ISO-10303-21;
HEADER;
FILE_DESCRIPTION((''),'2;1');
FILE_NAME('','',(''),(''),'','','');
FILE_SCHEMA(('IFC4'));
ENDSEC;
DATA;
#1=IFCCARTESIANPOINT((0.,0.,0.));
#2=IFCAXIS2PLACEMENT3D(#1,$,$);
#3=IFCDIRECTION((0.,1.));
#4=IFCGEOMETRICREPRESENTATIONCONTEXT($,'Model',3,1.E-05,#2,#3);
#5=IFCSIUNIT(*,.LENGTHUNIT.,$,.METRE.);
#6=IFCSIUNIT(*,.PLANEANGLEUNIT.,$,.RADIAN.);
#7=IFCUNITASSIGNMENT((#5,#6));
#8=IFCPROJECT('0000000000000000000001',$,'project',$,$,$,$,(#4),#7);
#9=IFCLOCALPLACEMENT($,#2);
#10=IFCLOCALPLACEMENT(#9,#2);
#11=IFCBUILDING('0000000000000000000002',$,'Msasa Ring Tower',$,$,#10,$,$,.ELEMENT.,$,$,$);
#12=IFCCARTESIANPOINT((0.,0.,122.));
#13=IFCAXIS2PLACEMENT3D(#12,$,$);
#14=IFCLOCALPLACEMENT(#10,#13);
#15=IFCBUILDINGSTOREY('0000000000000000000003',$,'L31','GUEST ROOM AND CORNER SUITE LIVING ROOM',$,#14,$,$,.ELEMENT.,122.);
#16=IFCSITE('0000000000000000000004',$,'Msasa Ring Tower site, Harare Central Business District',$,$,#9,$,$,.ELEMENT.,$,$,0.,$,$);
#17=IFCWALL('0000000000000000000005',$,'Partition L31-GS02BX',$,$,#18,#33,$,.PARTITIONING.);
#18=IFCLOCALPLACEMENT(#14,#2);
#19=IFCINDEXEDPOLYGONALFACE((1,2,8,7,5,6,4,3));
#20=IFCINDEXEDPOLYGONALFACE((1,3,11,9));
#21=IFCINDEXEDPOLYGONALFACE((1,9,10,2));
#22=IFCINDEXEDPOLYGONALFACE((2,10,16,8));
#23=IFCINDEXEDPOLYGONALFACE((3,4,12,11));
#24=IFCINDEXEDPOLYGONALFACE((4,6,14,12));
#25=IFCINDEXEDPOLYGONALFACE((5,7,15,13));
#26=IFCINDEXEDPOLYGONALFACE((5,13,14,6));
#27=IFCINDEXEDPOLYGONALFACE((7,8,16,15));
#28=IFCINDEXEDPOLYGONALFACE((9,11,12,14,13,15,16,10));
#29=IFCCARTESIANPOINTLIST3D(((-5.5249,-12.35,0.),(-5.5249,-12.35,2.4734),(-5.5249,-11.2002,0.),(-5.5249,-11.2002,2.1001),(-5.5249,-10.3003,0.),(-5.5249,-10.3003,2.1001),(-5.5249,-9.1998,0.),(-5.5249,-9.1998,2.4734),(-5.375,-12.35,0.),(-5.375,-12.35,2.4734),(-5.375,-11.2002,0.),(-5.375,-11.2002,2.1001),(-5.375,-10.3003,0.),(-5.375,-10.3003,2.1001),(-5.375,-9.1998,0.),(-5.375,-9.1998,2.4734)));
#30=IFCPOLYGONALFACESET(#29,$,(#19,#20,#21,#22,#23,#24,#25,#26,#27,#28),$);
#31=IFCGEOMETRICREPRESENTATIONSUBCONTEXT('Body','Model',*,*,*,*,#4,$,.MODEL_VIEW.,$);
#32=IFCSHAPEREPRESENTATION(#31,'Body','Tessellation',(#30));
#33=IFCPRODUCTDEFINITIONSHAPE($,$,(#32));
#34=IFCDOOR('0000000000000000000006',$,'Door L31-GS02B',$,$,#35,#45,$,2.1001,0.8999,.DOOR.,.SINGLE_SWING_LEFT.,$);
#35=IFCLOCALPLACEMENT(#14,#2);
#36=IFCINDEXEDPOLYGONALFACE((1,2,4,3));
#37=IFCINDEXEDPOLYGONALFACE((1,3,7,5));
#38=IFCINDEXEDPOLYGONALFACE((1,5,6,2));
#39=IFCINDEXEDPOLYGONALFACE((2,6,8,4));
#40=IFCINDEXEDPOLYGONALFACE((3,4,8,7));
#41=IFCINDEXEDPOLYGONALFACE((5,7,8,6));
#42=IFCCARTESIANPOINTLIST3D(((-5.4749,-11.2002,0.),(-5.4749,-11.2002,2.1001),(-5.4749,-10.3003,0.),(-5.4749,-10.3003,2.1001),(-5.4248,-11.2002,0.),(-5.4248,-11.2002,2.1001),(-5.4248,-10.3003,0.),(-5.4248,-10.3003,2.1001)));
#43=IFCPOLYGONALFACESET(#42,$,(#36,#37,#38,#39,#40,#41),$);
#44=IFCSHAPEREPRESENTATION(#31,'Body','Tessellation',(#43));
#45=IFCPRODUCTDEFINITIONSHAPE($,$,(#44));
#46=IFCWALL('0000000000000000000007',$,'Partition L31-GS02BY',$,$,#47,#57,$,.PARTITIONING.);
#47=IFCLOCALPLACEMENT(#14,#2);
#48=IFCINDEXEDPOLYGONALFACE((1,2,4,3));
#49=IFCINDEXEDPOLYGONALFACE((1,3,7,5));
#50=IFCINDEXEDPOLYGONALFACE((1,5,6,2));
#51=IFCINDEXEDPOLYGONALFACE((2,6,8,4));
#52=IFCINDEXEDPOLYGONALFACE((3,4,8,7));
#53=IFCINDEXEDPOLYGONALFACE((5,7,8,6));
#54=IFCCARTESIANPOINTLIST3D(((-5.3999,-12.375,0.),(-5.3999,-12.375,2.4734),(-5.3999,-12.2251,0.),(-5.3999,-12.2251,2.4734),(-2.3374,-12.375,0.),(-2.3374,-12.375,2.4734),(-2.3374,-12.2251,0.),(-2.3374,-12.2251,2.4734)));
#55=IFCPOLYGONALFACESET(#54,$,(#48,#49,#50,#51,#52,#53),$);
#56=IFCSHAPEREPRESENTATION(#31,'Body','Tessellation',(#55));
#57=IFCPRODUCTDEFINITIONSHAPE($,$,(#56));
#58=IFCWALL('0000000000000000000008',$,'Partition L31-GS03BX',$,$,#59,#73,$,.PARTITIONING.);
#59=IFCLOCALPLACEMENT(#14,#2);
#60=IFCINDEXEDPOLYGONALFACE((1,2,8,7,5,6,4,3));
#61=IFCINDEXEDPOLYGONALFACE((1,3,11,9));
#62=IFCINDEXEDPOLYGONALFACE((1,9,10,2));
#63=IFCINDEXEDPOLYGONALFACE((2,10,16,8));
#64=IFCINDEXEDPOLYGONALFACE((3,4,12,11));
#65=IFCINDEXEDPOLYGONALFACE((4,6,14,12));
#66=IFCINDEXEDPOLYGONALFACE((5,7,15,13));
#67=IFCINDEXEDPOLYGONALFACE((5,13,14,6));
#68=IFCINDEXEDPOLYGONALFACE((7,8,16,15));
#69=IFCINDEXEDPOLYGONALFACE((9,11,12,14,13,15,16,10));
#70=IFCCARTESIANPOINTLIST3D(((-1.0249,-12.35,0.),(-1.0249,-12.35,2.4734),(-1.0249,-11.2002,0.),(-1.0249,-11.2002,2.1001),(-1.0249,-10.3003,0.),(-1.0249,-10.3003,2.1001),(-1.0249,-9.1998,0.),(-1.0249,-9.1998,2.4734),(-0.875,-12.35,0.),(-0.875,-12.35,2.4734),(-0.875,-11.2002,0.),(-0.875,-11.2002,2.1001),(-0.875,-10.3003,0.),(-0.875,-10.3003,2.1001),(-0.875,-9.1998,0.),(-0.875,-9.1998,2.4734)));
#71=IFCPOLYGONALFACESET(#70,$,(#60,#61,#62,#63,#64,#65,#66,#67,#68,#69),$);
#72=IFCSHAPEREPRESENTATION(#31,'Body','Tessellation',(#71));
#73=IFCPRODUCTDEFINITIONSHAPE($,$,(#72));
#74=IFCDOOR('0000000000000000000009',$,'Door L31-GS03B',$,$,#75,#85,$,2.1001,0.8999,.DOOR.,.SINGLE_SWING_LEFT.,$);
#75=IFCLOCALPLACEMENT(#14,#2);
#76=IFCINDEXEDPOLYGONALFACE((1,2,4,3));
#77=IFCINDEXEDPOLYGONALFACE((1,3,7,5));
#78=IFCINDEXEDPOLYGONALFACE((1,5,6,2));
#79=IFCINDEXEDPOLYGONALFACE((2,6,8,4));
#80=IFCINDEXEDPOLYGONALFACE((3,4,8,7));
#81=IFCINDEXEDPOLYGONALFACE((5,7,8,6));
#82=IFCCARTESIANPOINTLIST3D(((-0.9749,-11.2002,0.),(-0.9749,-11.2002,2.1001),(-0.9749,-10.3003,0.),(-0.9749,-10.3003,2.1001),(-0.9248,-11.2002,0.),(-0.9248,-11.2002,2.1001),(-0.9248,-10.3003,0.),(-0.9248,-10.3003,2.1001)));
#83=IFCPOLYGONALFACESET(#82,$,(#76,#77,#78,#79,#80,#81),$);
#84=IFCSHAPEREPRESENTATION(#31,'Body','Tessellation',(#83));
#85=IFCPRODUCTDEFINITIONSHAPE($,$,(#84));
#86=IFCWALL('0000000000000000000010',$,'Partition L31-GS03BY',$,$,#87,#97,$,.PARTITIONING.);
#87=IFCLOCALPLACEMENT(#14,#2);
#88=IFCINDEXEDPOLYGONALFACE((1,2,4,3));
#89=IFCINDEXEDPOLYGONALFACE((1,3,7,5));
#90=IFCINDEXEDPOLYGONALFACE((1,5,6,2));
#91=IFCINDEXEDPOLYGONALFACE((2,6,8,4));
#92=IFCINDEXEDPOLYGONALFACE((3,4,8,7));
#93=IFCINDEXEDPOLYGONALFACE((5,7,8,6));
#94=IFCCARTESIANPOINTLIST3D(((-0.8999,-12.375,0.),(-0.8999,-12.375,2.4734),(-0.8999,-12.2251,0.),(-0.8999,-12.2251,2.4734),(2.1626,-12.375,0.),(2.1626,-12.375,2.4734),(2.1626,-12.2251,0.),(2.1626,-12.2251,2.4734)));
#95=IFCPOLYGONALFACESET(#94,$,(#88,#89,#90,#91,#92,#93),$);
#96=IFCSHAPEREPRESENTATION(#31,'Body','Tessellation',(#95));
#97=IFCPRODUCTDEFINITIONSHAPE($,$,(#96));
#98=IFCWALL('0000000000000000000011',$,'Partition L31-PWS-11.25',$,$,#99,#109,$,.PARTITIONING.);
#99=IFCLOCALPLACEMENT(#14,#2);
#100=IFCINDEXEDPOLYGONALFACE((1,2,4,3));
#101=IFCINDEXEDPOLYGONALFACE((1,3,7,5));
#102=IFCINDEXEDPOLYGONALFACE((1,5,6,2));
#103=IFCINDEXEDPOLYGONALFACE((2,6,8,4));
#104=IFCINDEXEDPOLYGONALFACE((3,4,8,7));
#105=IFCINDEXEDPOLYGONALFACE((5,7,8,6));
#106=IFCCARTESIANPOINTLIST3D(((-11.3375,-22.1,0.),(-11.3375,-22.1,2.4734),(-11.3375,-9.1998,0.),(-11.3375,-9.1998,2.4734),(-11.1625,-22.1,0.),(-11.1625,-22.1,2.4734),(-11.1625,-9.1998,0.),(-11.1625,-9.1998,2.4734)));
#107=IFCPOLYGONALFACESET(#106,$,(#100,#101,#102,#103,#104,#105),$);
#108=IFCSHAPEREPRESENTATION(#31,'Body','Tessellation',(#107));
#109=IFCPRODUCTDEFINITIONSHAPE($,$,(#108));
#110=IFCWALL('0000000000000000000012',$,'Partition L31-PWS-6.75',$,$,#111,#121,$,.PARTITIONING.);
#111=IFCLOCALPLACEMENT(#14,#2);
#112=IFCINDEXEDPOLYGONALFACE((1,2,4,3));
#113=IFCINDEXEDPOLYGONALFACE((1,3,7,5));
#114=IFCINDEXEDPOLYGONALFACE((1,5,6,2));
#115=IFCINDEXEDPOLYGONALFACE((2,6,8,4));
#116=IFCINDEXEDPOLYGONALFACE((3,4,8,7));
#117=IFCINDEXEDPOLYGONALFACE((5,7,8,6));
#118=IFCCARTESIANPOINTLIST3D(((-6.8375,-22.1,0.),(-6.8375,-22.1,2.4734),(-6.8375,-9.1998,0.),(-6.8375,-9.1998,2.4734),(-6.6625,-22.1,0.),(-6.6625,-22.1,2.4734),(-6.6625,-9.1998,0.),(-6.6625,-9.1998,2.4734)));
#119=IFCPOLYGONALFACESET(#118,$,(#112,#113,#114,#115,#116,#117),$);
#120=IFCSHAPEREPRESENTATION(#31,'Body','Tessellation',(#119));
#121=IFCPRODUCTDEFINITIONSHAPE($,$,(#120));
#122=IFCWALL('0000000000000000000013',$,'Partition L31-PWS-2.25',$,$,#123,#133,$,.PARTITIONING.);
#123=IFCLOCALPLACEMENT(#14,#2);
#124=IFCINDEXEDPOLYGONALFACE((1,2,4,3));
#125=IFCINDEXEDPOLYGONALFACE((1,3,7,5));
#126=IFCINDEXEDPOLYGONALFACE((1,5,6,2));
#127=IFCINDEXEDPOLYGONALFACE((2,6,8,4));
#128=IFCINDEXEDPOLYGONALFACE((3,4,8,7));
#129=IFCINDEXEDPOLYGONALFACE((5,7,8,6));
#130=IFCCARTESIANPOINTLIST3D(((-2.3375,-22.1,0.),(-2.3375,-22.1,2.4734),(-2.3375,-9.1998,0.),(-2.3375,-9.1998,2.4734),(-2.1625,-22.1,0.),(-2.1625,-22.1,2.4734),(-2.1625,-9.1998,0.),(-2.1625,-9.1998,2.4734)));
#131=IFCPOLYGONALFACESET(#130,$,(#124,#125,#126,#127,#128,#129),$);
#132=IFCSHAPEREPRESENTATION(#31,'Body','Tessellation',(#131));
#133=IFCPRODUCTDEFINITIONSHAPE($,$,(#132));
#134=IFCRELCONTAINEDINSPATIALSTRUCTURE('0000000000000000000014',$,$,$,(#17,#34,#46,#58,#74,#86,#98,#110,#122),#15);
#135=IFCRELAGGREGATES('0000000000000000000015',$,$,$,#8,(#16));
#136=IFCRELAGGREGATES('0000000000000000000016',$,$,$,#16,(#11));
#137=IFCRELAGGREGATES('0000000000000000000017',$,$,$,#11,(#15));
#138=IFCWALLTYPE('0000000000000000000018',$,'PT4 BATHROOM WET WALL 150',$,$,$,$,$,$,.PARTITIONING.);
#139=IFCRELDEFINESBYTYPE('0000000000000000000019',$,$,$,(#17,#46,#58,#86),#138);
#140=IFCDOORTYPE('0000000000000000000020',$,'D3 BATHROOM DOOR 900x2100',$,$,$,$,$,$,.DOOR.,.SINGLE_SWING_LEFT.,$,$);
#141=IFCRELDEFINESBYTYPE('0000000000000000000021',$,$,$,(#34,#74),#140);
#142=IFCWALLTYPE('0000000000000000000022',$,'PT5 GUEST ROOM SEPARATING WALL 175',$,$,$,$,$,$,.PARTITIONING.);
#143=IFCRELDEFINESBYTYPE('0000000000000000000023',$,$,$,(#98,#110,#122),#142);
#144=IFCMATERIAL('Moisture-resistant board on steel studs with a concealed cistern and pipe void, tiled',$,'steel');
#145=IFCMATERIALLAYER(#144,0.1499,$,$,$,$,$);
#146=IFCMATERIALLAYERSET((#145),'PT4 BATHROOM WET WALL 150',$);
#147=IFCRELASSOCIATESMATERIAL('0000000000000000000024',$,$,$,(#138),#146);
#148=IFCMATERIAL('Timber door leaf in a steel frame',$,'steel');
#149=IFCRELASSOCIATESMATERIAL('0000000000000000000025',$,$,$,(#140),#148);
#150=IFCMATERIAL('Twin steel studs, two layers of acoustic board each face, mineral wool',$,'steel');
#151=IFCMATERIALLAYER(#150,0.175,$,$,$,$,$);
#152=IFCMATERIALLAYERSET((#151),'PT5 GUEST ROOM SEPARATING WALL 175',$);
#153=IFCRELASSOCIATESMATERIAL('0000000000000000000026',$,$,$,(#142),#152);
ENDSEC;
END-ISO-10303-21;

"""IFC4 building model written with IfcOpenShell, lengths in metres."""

from ifc_helpers import new_model, si_unit, direction, frame, frame_2d, origin, place, context, subcontext, project, spatial, rectangle, extrude, material, layer, layer_set, type_object, element, fill, save


model = new_model("IFC4")

# Units and contexts
model_context = context("Model", 3, precision=1e-05, world=origin(), true_north=direction((0.0, 1.0)))
body_context = subcontext(model_context, "Body", "Model", "MODEL_VIEW")
ifc_project = project(units=[si_unit("LENGTHUNIT", "METRE"), si_unit("PLANEANGLEUNIT", "RADIAN")], contexts=[model_context])

# Site, building, storey
site_placement = place(None, origin())
site = spatial("IfcSite", under=ifc_project, at=site_placement, Name="Msasa Ring Tower site, Harare Central Business District", CompositionType="ELEMENT", RefElevation=0.0)
building_placement = place(site_placement, origin())
building = spatial("IfcBuilding", under=site, at=building_placement, Name="Msasa Ring Tower", CompositionType="ELEMENT")
storey_placement = place(building_placement, frame((0.0, 0.0, 122.0)))
storey = spatial("IfcBuildingStorey", under=building, at=storey_placement, Name="L31", Description="GUEST ROOM AND CORNER SUITE LIVING ROOM", CompositionType="ELEMENT", Elevation=122.0)

# Shared definitions
ifc_material_1 = material(Name="Moisture-resistant board on steel studs with a concealed cistern and pipe void, tiled", Category="steel")
ifc_layer_1 = layer(ifc_material_1, 0.1499)
ifc_layer_set_1 = layer_set([ifc_layer_1], Name="PT4 BATHROOM WET WALL 150")
wall_type_1 = type_object("IfcWallType", Name="PT4 BATHROOM WET WALL 150", PredefinedType="PARTITIONING", material=ifc_layer_set_1)
ifc_material_2 = material(Name="Timber door leaf in a steel frame", Category="steel")
door_type = type_object("IfcDoorType", Name="D3 BATHROOM DOOR 900x2100", OperationType="SINGLE_SWING_LEFT", PredefinedType="DOOR", material=ifc_material_2)

# Wall, opening, door
wall_1_placement = place(storey_placement, frame((-5.45, -12.3501, 0.0), z_axis=(0.0, 0.0, 1.0), x_axis=(0.0, 1.0, 0.0)))
wall_1 = element("IfcWall", 1, at=wall_1_placement, inside=storey, type_object=wall_type_1, Name="Partition L31-GS02BX", PredefinedType="PARTITIONING", context=body_context, shape_type="SweptSolid", body=[
    extrude(rectangle(XDim=3.1501, YDim=0.1499, at=frame_2d((1.5752, 0.0))), origin(), (0.0, 0.0, 1.0), 2.4734),
])
opening_1_placement = place(wall_1_placement, frame((1.1499, 0.0, 0.0)))
opening_1 = element("IfcOpeningElement", 2, at=opening_1_placement, cuts=wall_1, PredefinedType="OPENING", context=body_context, shape_type="SweptSolid", body=[
    extrude(rectangle(XDim=0.8999, YDim=2.1001, at=frame_2d((0.45, 1.05))), frame((0.0, 0.085, 0.0), z_axis=(0.0, -1.0, 0.0), x_axis=(1.0, 0.0, 0.0)), (0.0, 0.0, 1.0), 0.1699),
])
door_1_placement = place(opening_1_placement, origin())
door_1 = element("IfcDoor", 3, at=door_1_placement, inside=storey, type_object=door_type, Name="Door L31-GS02B", OperationType="SINGLE_SWING_LEFT", OverallHeight=2.1001, OverallWidth=0.8999, PredefinedType="DOOR", context=body_context, shape_type="SweptSolid", body=[
    extrude(rectangle(XDim=0.8999, YDim=2.1001, at=frame_2d((0.45, 1.05))), frame((0.0, 0.0249, 0.0), z_axis=(0.0, -1.0, 0.0), x_axis=(1.0, 0.0, 0.0)), (0.0, 0.0, 1.0), 0.05),
])
fill(opening_1, door_1)

# Wall
wall_2_placement = place(storey_placement, frame((-5.3999, -12.3, 0.0), z_axis=(0.0, 0.0, 1.0), x_axis=(1.0, 0.0, 0.0)))
element("IfcWall", 4, at=wall_2_placement, inside=storey, type_object=wall_type_1, Name="Partition L31-GS02BY", PredefinedType="PARTITIONING", context=body_context, shape_type="SweptSolid", body=[
    extrude(rectangle(XDim=3.0625, YDim=0.1499, at=frame_2d((1.5312, 0.0))), origin(), (0.0, 0.0, 1.0), 2.4734),
])

# Wall, opening, door
wall_3_placement = place(storey_placement, frame((-0.95, -12.3501, 0.0), z_axis=(0.0, 0.0, 1.0), x_axis=(0.0, 1.0, 0.0)))
wall_3 = element("IfcWall", 5, at=wall_3_placement, inside=storey, type_object=wall_type_1, Name="Partition L31-GS03BX", PredefinedType="PARTITIONING", context=body_context, shape_type="SweptSolid", body=[
    extrude(rectangle(XDim=3.1501, YDim=0.1499, at=frame_2d((1.5752, 0.0))), origin(), (0.0, 0.0, 1.0), 2.4734),
])
opening_2_placement = place(wall_3_placement, frame((1.1499, 0.0, 0.0)))
opening_2 = element("IfcOpeningElement", 6, at=opening_2_placement, cuts=wall_3, PredefinedType="OPENING", context=body_context, shape_type="SweptSolid", body=[
    extrude(rectangle(XDim=0.8999, YDim=2.1001, at=frame_2d((0.45, 1.05))), frame((0.0, 0.085, 0.0), z_axis=(0.0, -1.0, 0.0), x_axis=(1.0, 0.0, 0.0)), (0.0, 0.0, 1.0), 0.1699),
])
door_2_placement = place(opening_2_placement, origin())
door_2 = element("IfcDoor", 7, at=door_2_placement, inside=storey, type_object=door_type, Name="Door L31-GS03B", OperationType="SINGLE_SWING_LEFT", OverallHeight=2.1001, OverallWidth=0.8999, PredefinedType="DOOR", context=body_context, shape_type="SweptSolid", body=[
    extrude(rectangle(XDim=0.8999, YDim=2.1001, at=frame_2d((0.45, 1.05))), frame((0.0, 0.0249, 0.0), z_axis=(0.0, -1.0, 0.0), x_axis=(1.0, 0.0, 0.0)), (0.0, 0.0, 1.0), 0.05),
])
fill(opening_2, door_2)

# Walls
wall_4_placement = place(storey_placement, frame((-0.8999, -12.3, 0.0), z_axis=(0.0, 0.0, 1.0), x_axis=(1.0, 0.0, 0.0)))
element("IfcWall", 8, at=wall_4_placement, inside=storey, type_object=wall_type_1, Name="Partition L31-GS03BY", PredefinedType="PARTITIONING", context=body_context, shape_type="SweptSolid", body=[
    extrude(rectangle(XDim=3.0625, YDim=0.1499, at=frame_2d((1.5312, 0.0))), origin(), (0.0, 0.0, 1.0), 2.4734),
])
ifc_material_3 = material(Name="Twin steel studs, two layers of acoustic board each face, mineral wool", Category="steel")
ifc_layer_2 = layer(ifc_material_3, 0.175)
ifc_layer_set_2 = layer_set([ifc_layer_2], Name="PT5 GUEST ROOM SEPARATING WALL 175")
wall_type_2 = type_object("IfcWallType", Name="PT5 GUEST ROOM SEPARATING WALL 175", PredefinedType="PARTITIONING", material=ifc_layer_set_2)
for number, where, z_axis, x_axis, name in (
    (9, (-11.25, -22.1001, 0.0), (0.0, 0.0, 1.0), (0.0, 1.0, 0.0), "Partition L31-PWS-11.25"),
    (10, (-6.75, -22.1001, 0.0), (0.0, 0.0, 1.0), (0.0, 1.0, 0.0), "Partition L31-PWS-6.75"),
    (11, (-2.25, -22.1001, 0.0), (0.0, 0.0, 1.0), (0.0, 1.0, 0.0), "Partition L31-PWS-2.25"),
):
    element("IfcWall", number, at=place(storey_placement, frame(where, z_axis=z_axis, x_axis=x_axis)), inside=storey, type_object=wall_type_2, Name=name, PredefinedType="PARTITIONING", context=body_context, shape_type="SweptSolid", body=[
        extrude(rectangle(XDim=12.9001, YDim=0.175, at=frame_2d((6.4502, 0.0))), origin(), (0.0, 0.0, 1.0), 2.4734),
    ])

save(model, "model.ifc")
